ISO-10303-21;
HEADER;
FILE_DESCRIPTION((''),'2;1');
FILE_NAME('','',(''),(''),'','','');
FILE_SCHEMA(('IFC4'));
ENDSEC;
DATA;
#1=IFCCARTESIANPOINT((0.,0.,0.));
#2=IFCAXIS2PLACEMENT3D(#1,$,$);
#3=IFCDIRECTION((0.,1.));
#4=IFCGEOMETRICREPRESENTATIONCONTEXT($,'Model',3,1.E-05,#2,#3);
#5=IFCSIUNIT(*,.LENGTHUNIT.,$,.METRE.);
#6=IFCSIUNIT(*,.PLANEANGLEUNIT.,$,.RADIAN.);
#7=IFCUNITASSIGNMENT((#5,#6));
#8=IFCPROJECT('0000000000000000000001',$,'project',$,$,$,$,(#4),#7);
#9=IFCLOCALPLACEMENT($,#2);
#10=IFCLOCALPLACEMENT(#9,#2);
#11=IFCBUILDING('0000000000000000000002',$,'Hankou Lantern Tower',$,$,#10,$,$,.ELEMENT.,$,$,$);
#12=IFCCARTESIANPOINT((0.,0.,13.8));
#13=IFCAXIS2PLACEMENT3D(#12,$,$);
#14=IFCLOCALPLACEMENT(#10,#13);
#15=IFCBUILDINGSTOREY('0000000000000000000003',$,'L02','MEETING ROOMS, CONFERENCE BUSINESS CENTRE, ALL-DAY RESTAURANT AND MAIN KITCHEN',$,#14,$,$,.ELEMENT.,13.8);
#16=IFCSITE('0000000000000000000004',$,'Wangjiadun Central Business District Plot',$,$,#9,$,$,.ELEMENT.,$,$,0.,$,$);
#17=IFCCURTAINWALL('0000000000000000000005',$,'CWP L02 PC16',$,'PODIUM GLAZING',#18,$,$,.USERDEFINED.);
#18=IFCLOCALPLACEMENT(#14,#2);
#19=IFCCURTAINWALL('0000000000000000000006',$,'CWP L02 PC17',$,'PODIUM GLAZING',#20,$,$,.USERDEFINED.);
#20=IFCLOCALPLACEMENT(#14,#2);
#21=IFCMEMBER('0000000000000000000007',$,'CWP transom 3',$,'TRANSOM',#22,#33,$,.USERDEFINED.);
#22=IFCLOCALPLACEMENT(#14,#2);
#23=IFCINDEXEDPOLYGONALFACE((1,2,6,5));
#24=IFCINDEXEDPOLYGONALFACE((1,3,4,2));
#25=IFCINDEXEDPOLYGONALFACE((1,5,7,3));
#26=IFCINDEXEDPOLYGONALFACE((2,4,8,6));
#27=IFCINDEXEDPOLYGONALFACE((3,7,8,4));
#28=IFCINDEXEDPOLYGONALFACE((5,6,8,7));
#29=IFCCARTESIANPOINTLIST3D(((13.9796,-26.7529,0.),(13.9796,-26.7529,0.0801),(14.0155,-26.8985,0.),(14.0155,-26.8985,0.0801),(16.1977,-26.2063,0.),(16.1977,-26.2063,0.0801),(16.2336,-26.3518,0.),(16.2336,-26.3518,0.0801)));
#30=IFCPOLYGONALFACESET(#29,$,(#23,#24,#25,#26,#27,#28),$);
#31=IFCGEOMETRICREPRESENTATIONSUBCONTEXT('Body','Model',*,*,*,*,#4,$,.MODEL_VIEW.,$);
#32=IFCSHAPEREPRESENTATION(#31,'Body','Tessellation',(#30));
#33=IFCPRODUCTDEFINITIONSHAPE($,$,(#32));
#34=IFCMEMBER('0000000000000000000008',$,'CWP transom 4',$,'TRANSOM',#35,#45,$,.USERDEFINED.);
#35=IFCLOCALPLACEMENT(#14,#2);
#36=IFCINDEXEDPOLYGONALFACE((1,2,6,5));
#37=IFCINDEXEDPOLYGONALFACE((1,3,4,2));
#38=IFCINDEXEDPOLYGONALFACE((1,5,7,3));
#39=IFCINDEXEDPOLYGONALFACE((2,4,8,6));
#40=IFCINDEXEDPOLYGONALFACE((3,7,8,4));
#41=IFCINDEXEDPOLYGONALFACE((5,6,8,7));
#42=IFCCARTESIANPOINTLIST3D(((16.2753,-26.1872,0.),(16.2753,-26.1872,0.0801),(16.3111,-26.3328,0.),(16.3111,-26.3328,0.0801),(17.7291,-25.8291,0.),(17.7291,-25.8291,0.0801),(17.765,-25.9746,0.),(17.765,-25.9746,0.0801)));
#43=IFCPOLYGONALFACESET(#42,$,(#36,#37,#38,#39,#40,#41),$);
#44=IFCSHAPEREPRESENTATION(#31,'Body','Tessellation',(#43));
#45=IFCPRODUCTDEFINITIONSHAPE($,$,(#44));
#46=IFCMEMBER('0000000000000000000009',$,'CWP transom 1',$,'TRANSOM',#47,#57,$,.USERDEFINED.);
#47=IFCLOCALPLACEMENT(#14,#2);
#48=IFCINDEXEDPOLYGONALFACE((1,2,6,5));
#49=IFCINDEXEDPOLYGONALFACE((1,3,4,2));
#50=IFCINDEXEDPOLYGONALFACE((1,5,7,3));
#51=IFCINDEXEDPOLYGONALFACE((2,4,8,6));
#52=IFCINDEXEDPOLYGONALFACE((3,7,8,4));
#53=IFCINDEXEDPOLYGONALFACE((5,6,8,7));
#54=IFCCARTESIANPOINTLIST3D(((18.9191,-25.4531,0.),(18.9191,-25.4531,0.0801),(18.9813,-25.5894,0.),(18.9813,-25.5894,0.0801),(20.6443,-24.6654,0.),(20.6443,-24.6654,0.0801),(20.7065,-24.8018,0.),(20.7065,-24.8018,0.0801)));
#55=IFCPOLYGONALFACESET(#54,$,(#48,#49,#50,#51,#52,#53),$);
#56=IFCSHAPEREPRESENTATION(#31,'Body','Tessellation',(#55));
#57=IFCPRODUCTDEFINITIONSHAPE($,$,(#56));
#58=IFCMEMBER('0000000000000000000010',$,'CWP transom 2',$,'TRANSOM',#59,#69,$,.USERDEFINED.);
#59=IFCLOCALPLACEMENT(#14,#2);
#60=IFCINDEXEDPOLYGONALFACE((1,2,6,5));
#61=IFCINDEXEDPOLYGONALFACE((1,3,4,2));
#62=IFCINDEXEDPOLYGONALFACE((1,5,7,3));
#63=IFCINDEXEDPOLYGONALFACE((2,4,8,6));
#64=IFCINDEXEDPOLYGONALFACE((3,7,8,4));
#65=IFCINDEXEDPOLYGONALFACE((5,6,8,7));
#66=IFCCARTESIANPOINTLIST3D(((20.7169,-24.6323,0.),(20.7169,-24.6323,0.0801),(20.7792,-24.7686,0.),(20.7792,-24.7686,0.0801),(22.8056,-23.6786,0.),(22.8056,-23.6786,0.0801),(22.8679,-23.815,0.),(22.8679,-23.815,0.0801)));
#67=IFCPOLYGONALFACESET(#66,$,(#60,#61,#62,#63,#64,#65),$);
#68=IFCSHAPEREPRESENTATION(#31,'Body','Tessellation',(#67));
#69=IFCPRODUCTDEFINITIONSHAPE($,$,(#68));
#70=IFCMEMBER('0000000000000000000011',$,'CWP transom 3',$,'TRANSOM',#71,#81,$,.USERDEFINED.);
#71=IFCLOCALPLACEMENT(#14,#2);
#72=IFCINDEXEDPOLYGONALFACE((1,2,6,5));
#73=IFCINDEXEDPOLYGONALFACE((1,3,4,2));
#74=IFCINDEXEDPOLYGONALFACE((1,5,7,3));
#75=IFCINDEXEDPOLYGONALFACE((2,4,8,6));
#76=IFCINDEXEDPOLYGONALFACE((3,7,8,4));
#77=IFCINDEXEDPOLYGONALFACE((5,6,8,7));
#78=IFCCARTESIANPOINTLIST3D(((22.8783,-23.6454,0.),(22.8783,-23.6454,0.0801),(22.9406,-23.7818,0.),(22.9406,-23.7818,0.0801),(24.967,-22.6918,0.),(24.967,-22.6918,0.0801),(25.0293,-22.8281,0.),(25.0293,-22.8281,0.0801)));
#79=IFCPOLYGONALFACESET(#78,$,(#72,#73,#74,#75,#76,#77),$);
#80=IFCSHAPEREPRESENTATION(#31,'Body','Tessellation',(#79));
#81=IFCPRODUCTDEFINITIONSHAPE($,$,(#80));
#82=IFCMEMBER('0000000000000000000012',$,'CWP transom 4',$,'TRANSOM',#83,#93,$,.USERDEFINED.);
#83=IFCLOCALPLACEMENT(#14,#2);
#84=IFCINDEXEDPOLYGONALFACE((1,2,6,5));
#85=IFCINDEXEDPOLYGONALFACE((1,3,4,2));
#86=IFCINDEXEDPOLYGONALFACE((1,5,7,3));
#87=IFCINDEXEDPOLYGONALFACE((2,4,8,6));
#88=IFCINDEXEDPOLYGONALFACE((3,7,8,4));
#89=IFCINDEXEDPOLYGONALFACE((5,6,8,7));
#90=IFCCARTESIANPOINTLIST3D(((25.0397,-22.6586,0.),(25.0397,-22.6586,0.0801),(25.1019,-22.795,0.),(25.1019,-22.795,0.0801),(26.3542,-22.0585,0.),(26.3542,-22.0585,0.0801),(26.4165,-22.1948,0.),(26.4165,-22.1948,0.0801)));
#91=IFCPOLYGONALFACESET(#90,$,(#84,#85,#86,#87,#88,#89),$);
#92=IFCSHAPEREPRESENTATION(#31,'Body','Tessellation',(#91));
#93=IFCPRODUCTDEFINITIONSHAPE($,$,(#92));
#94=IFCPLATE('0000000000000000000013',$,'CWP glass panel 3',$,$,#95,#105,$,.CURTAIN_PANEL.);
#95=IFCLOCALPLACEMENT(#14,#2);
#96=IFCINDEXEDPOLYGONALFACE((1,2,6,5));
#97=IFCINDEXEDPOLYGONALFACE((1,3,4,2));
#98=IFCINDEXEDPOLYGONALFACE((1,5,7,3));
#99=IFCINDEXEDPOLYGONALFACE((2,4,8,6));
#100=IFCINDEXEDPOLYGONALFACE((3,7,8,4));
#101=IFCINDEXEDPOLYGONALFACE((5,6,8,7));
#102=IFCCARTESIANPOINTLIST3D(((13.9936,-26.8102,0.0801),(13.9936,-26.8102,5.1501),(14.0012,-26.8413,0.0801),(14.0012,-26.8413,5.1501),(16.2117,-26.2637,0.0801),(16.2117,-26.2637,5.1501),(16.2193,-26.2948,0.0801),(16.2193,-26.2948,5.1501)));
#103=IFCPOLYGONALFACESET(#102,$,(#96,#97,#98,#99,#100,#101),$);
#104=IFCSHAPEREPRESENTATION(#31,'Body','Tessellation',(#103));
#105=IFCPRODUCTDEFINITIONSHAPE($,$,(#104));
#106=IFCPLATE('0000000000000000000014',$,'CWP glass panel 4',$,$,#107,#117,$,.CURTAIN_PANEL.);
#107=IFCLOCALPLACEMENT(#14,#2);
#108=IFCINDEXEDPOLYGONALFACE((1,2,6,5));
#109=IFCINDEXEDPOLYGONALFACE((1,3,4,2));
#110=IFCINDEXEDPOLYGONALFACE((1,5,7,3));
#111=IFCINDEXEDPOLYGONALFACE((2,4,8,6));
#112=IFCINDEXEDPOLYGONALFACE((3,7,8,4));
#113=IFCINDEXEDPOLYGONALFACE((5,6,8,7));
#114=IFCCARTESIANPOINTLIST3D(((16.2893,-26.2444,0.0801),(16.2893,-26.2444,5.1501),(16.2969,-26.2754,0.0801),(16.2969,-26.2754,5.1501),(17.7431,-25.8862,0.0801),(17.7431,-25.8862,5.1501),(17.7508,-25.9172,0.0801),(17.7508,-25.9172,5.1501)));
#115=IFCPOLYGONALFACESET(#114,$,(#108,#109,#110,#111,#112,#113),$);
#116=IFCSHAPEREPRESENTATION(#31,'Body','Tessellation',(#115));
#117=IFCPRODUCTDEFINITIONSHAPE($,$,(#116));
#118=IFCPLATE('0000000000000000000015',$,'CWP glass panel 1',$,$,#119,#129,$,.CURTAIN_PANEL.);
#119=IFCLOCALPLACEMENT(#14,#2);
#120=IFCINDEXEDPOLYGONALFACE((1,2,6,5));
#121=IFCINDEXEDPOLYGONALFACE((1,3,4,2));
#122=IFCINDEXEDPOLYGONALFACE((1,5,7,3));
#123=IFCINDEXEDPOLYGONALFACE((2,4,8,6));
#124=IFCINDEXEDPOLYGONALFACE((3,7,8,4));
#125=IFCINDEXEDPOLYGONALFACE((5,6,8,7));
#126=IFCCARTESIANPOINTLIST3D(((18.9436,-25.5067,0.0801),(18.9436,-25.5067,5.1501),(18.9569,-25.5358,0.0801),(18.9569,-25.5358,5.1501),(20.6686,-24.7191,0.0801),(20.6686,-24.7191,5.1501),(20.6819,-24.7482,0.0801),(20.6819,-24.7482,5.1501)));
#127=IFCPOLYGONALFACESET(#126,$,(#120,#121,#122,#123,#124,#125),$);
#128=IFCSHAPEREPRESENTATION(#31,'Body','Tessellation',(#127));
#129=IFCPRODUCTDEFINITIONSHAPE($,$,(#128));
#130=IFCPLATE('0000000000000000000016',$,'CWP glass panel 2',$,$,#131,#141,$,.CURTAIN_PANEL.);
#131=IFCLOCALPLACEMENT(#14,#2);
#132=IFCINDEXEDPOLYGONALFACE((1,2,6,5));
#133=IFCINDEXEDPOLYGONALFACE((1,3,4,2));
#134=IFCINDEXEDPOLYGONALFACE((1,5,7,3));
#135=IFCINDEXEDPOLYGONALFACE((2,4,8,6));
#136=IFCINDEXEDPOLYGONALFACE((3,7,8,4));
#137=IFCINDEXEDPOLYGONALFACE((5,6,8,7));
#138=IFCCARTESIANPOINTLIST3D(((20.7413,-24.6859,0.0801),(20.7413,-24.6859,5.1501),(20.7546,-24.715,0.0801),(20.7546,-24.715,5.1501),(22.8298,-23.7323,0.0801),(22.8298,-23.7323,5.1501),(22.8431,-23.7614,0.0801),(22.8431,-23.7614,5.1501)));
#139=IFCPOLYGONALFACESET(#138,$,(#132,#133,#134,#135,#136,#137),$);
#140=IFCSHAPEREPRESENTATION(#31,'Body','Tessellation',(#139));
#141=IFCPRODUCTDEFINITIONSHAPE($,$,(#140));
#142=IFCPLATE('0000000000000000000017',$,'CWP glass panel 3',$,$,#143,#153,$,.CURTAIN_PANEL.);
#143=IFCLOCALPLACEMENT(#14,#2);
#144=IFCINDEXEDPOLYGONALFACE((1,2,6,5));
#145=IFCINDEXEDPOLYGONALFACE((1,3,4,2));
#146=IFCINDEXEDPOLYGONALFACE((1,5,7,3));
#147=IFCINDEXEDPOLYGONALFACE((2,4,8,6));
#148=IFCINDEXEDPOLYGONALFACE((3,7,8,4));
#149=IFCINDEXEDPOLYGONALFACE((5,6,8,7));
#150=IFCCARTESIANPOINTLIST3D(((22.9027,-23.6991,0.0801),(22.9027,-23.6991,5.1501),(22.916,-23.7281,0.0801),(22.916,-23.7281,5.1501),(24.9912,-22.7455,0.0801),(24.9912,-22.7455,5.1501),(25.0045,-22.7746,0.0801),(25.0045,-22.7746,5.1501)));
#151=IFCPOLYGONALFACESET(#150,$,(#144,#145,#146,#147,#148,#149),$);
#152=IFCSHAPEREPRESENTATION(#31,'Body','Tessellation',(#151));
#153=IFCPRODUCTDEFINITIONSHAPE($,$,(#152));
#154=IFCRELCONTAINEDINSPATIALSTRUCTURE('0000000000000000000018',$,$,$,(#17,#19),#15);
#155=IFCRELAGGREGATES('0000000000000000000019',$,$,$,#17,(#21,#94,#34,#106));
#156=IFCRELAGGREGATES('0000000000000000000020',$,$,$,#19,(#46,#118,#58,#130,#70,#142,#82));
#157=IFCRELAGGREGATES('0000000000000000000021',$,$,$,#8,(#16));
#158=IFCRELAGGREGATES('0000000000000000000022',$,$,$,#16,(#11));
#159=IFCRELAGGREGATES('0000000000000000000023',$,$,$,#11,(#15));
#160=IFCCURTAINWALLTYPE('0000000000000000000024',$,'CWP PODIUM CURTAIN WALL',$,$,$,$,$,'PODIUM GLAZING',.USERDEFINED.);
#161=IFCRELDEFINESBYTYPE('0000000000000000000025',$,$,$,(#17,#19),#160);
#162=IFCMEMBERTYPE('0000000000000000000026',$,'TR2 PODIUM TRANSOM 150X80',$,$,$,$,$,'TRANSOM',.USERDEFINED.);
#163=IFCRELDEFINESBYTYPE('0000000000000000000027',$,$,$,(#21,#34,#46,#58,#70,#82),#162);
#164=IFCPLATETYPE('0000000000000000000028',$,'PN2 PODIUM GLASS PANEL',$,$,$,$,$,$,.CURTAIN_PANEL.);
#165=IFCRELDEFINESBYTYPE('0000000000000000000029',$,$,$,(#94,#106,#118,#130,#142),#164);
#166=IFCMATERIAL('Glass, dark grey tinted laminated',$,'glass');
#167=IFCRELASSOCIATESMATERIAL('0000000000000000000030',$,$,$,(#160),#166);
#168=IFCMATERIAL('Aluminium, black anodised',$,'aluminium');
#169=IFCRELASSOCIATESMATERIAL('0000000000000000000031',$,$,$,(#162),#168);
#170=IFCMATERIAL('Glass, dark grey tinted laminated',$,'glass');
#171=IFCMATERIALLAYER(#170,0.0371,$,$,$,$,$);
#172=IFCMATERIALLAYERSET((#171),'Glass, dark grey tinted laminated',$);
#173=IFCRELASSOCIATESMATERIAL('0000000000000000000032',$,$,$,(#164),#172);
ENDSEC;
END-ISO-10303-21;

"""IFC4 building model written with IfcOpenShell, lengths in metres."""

from ifc_helpers import new_model, si_unit, direction, frame, origin, origin_2d, place, context, subcontext, project, spatial, rectangle, extrude, material, layer, layer_set, material_profile, profile_set, type_object, element, aggregate, save


model = new_model("IFC4")

# Units and contexts
model_context = context("Model", 3, precision=1e-05, world=origin(), true_north=direction((0.0, 1.0)))
body_context = subcontext(model_context, "Body", "Model", "MODEL_VIEW")
ifc_project = project(units=[si_unit("LENGTHUNIT", "METRE"), si_unit("PLANEANGLEUNIT", "RADIAN")], contexts=[model_context])

# Site, building, storey
site_placement = place(None, origin())
site = spatial("IfcSite", under=ifc_project, at=site_placement, Name="Wangjiadun Central Business District Plot", CompositionType="ELEMENT", RefElevation=0.0)
building_placement = place(site_placement, origin())
building = spatial("IfcBuilding", under=site, at=building_placement, Name="Hankou Lantern Tower", CompositionType="ELEMENT")
storey_placement = place(building_placement, frame((0.0, 0.0, 13.8)))
storey = spatial("IfcBuildingStorey", under=building, at=storey_placement, Name="L02", Description="MEETING ROOMS, CONFERENCE BUSINESS CENTRE, ALL-DAY RESTAURANT AND MAIN KITCHEN", CompositionType="ELEMENT", Elevation=13.8)

# Curtain walls
ifc_material_1 = material(Name="Glass, dark grey tinted laminated", Category="glass")
curtain_wall_type = type_object("IfcCurtainWallType", Name="CWP PODIUM CURTAIN WALL", ElementType="PODIUM GLAZING", PredefinedType="USERDEFINED", material=ifc_material_1)
curtain_wall_1_placement = place(storey_placement, origin())
curtain_wall_1 = element("IfcCurtainWall", 1, at=curtain_wall_1_placement, inside=storey, type_object=curtain_wall_type, Name="CWP L02 PC16", ObjectType="PODIUM GLAZING", PredefinedType="USERDEFINED")
curtain_wall_2_placement = place(storey_placement, origin())
curtain_wall_2 = element("IfcCurtainWall", 2, at=curtain_wall_2_placement, inside=storey, type_object=curtain_wall_type, Name="CWP L02 PC17", ObjectType="PODIUM GLAZING", PredefinedType="USERDEFINED")

# Members
ifc_material_2 = material(Name="Aluminium, black anodised", Category="aluminium")
ifc_material_profile_1 = material_profile(ifc_material_2, rectangle(XDim=0.1499, YDim=0.0801, at=origin_2d()), Name="TR2 150X80")
ifc_profile_set_1 = profile_set([ifc_material_profile_1], Name="Aluminium, black anodised")
member_type_1 = type_object("IfcMemberType", Name="TR2 PODIUM TRANSOM 150X80", ElementType="TRANSOM", PredefinedType="USERDEFINED", material=ifc_profile_set_1)
member_1_placement = place(storey_placement, frame((13.9976, -26.8257, 0.04), z_axis=(0.970948, 0.23929, 0.0), x_axis=(-0.23929, 0.970948, 0.0)))
member_1 = element("IfcMember", 3, at=member_1_placement, type_object=member_type_1, Name="CWP transom 3", ObjectType="TRANSOM", PredefinedType="USERDEFINED", context=body_context, shape_type="SweptSolid", body=[
    extrude(rectangle(XDim=0.1499, YDim=0.0801, at=origin_2d()), origin(), (0.0, 0.0, 1.0), 2.2844),
])
member_2_placement = place(storey_placement, frame((16.2932, -26.26, 0.04), z_axis=(0.970971, 0.239196, 0.0), x_axis=(-0.239196, 0.970971, 0.0)))
member_2 = element("IfcMember", 4, at=member_2_placement, type_object=member_type_1, Name="CWP transom 4", ObjectType="TRANSOM", PredefinedType="USERDEFINED", context=body_context, shape_type="SweptSolid", body=[
    extrude(rectangle(XDim=0.1499, YDim=0.0801, at=origin_2d()), origin(), (0.0, 0.0, 1.0), 1.4973),
])
member_3_placement = place(storey_placement, frame((18.9502, -25.5212, 0.04), z_axis=(0.909677, 0.415316, 0.0), x_axis=(-0.415316, 0.909677, 0.0)))
member_3 = element("IfcMember", 5, at=member_3_placement, type_object=member_type_1, Name="CWP transom 1", ObjectType="TRANSOM", PredefinedType="USERDEFINED", context=body_context, shape_type="SweptSolid", body=[
    extrude(rectangle(XDim=0.1499, YDim=0.0801, at=origin_2d()), origin(), (0.0, 0.0, 1.0), 1.8965),
])
member_4_placement = place(storey_placement, frame((20.748, -24.7004, 0.04), z_axis=(0.90967, 0.415333, 0.0), x_axis=(-0.415333, 0.90967, 0.0)))
member_4 = element("IfcMember", 6, at=member_4_placement, type_object=member_type_1, Name="CWP transom 2", ObjectType="TRANSOM", PredefinedType="USERDEFINED", context=body_context, shape_type="SweptSolid", body=[
    extrude(rectangle(XDim=0.1499, YDim=0.0801, at=origin_2d()), origin(), (0.0, 0.0, 1.0), 2.2961),
])
member_5_placement = place(storey_placement, frame((22.9094, -23.7136, 0.04), z_axis=(0.90967, 0.415333, 0.0), x_axis=(-0.415333, 0.90967, 0.0)))
member_5 = element("IfcMember", 7, at=member_5_placement, type_object=member_type_1, Name="CWP transom 3", ObjectType="TRANSOM", PredefinedType="USERDEFINED", context=body_context, shape_type="SweptSolid", body=[
    extrude(rectangle(XDim=0.1499, YDim=0.0801, at=origin_2d()), origin(), (0.0, 0.0, 1.0), 2.2961),
])
member_6_placement = place(storey_placement, frame((25.0708, -22.7268, 0.04), z_axis=(0.909682, 0.415305, 0.0), x_axis=(-0.415305, 0.909682, 0.0)))
member_6 = element("IfcMember", 8, at=member_6_placement, type_object=member_type_1, Name="CWP transom 4", ObjectType="TRANSOM", PredefinedType="USERDEFINED", context=body_context, shape_type="SweptSolid", body=[
    extrude(rectangle(XDim=0.1499, YDim=0.0801, at=origin_2d()), origin(), (0.0, 0.0, 1.0), 1.4451),
])

# Plates
ifc_material_3 = material(Name="Glass, dark grey tinted laminated", Category="glass")
ifc_layer = layer(ifc_material_3, 0.0371)
ifc_layer_set = layer_set([ifc_layer], Name="Glass, dark grey tinted laminated")
plate_type = type_object("IfcPlateType", Name="PN2 PODIUM GLASS PANEL", PredefinedType="CURTAIN_PANEL", material=ifc_layer_set)
plate_1_placement = place(storey_placement, frame((15.1064, -26.5525, 0.0801), z_axis=(0.0, 0.0, 1.0), x_axis=(0.970961, 0.239238, 0.0)))
plate_1 = element("IfcPlate", 9, at=plate_1_placement, type_object=plate_type, Name="CWP glass panel 3", PredefinedType="CURTAIN_PANEL", context=body_context, shape_type="SweptSolid", body=[
    extrude(rectangle(XDim=2.2844, YDim=0.032, at=origin_2d()), origin(), (0.0, 0.0, 1.0), 5.0701),
])
plate_2_placement = place(storey_placement, frame((17.02, -26.0808, 0.0801), z_axis=(0.0, 0.0, 1.0), x_axis=(0.970961, 0.239238, 0.0)))
plate_2 = element("IfcPlate", 10, at=plate_2_placement, type_object=plate_type, Name="CWP glass panel 4", PredefinedType="CURTAIN_PANEL", context=body_context, shape_type="SweptSolid", body=[
    extrude(rectangle(XDim=1.4973, YDim=0.032, at=origin_2d()), origin(), (0.0, 0.0, 1.0), 5.0701),
])
aggregate(curtain_wall_1, [member_1, plate_1, member_2, plate_2])
plate_3_placement = place(storey_placement, frame((19.8127, -25.1274, 0.0801), z_axis=(0.0, 0.0, 1.0), x_axis=(0.90967, 0.415332, 0.0)))
plate_3 = element("IfcPlate", 11, at=plate_3_placement, type_object=plate_type, Name="CWP glass panel 1", PredefinedType="CURTAIN_PANEL", context=body_context, shape_type="SweptSolid", body=[
    extrude(rectangle(XDim=1.8962, YDim=0.032, at=origin_2d()), origin(), (0.0, 0.0, 1.0), 5.0701),
])
plate_4_placement = place(storey_placement, frame((21.7922, -24.2236, 0.0801), z_axis=(0.0, 0.0, 1.0), x_axis=(0.90967, 0.415332, 0.0)))
plate_4 = element("IfcPlate", 12, at=plate_4_placement, type_object=plate_type, Name="CWP glass panel 2", PredefinedType="CURTAIN_PANEL", context=body_context, shape_type="SweptSolid", body=[
    extrude(rectangle(XDim=2.2959, YDim=0.032, at=origin_2d()), origin(), (0.0, 0.0, 1.0), 5.0701),
])
plate_5_placement = place(storey_placement, frame((23.9536, -23.2368, 0.0801), z_axis=(0.0, 0.0, 1.0), x_axis=(0.90967, 0.415332, 0.0)))
plate_5 = element("IfcPlate", 13, at=plate_5_placement, type_object=plate_type, Name="CWP glass panel 3", PredefinedType="CURTAIN_PANEL", context=body_context, shape_type="SweptSolid", body=[
    extrude(rectangle(XDim=2.2959, YDim=0.032, at=origin_2d()), origin(), (0.0, 0.0, 1.0), 5.0701),
])
aggregate(curtain_wall_2, [member_3, plate_3, member_4, plate_4, member_5, plate_5, member_6])

save(model, "model.ifc")
